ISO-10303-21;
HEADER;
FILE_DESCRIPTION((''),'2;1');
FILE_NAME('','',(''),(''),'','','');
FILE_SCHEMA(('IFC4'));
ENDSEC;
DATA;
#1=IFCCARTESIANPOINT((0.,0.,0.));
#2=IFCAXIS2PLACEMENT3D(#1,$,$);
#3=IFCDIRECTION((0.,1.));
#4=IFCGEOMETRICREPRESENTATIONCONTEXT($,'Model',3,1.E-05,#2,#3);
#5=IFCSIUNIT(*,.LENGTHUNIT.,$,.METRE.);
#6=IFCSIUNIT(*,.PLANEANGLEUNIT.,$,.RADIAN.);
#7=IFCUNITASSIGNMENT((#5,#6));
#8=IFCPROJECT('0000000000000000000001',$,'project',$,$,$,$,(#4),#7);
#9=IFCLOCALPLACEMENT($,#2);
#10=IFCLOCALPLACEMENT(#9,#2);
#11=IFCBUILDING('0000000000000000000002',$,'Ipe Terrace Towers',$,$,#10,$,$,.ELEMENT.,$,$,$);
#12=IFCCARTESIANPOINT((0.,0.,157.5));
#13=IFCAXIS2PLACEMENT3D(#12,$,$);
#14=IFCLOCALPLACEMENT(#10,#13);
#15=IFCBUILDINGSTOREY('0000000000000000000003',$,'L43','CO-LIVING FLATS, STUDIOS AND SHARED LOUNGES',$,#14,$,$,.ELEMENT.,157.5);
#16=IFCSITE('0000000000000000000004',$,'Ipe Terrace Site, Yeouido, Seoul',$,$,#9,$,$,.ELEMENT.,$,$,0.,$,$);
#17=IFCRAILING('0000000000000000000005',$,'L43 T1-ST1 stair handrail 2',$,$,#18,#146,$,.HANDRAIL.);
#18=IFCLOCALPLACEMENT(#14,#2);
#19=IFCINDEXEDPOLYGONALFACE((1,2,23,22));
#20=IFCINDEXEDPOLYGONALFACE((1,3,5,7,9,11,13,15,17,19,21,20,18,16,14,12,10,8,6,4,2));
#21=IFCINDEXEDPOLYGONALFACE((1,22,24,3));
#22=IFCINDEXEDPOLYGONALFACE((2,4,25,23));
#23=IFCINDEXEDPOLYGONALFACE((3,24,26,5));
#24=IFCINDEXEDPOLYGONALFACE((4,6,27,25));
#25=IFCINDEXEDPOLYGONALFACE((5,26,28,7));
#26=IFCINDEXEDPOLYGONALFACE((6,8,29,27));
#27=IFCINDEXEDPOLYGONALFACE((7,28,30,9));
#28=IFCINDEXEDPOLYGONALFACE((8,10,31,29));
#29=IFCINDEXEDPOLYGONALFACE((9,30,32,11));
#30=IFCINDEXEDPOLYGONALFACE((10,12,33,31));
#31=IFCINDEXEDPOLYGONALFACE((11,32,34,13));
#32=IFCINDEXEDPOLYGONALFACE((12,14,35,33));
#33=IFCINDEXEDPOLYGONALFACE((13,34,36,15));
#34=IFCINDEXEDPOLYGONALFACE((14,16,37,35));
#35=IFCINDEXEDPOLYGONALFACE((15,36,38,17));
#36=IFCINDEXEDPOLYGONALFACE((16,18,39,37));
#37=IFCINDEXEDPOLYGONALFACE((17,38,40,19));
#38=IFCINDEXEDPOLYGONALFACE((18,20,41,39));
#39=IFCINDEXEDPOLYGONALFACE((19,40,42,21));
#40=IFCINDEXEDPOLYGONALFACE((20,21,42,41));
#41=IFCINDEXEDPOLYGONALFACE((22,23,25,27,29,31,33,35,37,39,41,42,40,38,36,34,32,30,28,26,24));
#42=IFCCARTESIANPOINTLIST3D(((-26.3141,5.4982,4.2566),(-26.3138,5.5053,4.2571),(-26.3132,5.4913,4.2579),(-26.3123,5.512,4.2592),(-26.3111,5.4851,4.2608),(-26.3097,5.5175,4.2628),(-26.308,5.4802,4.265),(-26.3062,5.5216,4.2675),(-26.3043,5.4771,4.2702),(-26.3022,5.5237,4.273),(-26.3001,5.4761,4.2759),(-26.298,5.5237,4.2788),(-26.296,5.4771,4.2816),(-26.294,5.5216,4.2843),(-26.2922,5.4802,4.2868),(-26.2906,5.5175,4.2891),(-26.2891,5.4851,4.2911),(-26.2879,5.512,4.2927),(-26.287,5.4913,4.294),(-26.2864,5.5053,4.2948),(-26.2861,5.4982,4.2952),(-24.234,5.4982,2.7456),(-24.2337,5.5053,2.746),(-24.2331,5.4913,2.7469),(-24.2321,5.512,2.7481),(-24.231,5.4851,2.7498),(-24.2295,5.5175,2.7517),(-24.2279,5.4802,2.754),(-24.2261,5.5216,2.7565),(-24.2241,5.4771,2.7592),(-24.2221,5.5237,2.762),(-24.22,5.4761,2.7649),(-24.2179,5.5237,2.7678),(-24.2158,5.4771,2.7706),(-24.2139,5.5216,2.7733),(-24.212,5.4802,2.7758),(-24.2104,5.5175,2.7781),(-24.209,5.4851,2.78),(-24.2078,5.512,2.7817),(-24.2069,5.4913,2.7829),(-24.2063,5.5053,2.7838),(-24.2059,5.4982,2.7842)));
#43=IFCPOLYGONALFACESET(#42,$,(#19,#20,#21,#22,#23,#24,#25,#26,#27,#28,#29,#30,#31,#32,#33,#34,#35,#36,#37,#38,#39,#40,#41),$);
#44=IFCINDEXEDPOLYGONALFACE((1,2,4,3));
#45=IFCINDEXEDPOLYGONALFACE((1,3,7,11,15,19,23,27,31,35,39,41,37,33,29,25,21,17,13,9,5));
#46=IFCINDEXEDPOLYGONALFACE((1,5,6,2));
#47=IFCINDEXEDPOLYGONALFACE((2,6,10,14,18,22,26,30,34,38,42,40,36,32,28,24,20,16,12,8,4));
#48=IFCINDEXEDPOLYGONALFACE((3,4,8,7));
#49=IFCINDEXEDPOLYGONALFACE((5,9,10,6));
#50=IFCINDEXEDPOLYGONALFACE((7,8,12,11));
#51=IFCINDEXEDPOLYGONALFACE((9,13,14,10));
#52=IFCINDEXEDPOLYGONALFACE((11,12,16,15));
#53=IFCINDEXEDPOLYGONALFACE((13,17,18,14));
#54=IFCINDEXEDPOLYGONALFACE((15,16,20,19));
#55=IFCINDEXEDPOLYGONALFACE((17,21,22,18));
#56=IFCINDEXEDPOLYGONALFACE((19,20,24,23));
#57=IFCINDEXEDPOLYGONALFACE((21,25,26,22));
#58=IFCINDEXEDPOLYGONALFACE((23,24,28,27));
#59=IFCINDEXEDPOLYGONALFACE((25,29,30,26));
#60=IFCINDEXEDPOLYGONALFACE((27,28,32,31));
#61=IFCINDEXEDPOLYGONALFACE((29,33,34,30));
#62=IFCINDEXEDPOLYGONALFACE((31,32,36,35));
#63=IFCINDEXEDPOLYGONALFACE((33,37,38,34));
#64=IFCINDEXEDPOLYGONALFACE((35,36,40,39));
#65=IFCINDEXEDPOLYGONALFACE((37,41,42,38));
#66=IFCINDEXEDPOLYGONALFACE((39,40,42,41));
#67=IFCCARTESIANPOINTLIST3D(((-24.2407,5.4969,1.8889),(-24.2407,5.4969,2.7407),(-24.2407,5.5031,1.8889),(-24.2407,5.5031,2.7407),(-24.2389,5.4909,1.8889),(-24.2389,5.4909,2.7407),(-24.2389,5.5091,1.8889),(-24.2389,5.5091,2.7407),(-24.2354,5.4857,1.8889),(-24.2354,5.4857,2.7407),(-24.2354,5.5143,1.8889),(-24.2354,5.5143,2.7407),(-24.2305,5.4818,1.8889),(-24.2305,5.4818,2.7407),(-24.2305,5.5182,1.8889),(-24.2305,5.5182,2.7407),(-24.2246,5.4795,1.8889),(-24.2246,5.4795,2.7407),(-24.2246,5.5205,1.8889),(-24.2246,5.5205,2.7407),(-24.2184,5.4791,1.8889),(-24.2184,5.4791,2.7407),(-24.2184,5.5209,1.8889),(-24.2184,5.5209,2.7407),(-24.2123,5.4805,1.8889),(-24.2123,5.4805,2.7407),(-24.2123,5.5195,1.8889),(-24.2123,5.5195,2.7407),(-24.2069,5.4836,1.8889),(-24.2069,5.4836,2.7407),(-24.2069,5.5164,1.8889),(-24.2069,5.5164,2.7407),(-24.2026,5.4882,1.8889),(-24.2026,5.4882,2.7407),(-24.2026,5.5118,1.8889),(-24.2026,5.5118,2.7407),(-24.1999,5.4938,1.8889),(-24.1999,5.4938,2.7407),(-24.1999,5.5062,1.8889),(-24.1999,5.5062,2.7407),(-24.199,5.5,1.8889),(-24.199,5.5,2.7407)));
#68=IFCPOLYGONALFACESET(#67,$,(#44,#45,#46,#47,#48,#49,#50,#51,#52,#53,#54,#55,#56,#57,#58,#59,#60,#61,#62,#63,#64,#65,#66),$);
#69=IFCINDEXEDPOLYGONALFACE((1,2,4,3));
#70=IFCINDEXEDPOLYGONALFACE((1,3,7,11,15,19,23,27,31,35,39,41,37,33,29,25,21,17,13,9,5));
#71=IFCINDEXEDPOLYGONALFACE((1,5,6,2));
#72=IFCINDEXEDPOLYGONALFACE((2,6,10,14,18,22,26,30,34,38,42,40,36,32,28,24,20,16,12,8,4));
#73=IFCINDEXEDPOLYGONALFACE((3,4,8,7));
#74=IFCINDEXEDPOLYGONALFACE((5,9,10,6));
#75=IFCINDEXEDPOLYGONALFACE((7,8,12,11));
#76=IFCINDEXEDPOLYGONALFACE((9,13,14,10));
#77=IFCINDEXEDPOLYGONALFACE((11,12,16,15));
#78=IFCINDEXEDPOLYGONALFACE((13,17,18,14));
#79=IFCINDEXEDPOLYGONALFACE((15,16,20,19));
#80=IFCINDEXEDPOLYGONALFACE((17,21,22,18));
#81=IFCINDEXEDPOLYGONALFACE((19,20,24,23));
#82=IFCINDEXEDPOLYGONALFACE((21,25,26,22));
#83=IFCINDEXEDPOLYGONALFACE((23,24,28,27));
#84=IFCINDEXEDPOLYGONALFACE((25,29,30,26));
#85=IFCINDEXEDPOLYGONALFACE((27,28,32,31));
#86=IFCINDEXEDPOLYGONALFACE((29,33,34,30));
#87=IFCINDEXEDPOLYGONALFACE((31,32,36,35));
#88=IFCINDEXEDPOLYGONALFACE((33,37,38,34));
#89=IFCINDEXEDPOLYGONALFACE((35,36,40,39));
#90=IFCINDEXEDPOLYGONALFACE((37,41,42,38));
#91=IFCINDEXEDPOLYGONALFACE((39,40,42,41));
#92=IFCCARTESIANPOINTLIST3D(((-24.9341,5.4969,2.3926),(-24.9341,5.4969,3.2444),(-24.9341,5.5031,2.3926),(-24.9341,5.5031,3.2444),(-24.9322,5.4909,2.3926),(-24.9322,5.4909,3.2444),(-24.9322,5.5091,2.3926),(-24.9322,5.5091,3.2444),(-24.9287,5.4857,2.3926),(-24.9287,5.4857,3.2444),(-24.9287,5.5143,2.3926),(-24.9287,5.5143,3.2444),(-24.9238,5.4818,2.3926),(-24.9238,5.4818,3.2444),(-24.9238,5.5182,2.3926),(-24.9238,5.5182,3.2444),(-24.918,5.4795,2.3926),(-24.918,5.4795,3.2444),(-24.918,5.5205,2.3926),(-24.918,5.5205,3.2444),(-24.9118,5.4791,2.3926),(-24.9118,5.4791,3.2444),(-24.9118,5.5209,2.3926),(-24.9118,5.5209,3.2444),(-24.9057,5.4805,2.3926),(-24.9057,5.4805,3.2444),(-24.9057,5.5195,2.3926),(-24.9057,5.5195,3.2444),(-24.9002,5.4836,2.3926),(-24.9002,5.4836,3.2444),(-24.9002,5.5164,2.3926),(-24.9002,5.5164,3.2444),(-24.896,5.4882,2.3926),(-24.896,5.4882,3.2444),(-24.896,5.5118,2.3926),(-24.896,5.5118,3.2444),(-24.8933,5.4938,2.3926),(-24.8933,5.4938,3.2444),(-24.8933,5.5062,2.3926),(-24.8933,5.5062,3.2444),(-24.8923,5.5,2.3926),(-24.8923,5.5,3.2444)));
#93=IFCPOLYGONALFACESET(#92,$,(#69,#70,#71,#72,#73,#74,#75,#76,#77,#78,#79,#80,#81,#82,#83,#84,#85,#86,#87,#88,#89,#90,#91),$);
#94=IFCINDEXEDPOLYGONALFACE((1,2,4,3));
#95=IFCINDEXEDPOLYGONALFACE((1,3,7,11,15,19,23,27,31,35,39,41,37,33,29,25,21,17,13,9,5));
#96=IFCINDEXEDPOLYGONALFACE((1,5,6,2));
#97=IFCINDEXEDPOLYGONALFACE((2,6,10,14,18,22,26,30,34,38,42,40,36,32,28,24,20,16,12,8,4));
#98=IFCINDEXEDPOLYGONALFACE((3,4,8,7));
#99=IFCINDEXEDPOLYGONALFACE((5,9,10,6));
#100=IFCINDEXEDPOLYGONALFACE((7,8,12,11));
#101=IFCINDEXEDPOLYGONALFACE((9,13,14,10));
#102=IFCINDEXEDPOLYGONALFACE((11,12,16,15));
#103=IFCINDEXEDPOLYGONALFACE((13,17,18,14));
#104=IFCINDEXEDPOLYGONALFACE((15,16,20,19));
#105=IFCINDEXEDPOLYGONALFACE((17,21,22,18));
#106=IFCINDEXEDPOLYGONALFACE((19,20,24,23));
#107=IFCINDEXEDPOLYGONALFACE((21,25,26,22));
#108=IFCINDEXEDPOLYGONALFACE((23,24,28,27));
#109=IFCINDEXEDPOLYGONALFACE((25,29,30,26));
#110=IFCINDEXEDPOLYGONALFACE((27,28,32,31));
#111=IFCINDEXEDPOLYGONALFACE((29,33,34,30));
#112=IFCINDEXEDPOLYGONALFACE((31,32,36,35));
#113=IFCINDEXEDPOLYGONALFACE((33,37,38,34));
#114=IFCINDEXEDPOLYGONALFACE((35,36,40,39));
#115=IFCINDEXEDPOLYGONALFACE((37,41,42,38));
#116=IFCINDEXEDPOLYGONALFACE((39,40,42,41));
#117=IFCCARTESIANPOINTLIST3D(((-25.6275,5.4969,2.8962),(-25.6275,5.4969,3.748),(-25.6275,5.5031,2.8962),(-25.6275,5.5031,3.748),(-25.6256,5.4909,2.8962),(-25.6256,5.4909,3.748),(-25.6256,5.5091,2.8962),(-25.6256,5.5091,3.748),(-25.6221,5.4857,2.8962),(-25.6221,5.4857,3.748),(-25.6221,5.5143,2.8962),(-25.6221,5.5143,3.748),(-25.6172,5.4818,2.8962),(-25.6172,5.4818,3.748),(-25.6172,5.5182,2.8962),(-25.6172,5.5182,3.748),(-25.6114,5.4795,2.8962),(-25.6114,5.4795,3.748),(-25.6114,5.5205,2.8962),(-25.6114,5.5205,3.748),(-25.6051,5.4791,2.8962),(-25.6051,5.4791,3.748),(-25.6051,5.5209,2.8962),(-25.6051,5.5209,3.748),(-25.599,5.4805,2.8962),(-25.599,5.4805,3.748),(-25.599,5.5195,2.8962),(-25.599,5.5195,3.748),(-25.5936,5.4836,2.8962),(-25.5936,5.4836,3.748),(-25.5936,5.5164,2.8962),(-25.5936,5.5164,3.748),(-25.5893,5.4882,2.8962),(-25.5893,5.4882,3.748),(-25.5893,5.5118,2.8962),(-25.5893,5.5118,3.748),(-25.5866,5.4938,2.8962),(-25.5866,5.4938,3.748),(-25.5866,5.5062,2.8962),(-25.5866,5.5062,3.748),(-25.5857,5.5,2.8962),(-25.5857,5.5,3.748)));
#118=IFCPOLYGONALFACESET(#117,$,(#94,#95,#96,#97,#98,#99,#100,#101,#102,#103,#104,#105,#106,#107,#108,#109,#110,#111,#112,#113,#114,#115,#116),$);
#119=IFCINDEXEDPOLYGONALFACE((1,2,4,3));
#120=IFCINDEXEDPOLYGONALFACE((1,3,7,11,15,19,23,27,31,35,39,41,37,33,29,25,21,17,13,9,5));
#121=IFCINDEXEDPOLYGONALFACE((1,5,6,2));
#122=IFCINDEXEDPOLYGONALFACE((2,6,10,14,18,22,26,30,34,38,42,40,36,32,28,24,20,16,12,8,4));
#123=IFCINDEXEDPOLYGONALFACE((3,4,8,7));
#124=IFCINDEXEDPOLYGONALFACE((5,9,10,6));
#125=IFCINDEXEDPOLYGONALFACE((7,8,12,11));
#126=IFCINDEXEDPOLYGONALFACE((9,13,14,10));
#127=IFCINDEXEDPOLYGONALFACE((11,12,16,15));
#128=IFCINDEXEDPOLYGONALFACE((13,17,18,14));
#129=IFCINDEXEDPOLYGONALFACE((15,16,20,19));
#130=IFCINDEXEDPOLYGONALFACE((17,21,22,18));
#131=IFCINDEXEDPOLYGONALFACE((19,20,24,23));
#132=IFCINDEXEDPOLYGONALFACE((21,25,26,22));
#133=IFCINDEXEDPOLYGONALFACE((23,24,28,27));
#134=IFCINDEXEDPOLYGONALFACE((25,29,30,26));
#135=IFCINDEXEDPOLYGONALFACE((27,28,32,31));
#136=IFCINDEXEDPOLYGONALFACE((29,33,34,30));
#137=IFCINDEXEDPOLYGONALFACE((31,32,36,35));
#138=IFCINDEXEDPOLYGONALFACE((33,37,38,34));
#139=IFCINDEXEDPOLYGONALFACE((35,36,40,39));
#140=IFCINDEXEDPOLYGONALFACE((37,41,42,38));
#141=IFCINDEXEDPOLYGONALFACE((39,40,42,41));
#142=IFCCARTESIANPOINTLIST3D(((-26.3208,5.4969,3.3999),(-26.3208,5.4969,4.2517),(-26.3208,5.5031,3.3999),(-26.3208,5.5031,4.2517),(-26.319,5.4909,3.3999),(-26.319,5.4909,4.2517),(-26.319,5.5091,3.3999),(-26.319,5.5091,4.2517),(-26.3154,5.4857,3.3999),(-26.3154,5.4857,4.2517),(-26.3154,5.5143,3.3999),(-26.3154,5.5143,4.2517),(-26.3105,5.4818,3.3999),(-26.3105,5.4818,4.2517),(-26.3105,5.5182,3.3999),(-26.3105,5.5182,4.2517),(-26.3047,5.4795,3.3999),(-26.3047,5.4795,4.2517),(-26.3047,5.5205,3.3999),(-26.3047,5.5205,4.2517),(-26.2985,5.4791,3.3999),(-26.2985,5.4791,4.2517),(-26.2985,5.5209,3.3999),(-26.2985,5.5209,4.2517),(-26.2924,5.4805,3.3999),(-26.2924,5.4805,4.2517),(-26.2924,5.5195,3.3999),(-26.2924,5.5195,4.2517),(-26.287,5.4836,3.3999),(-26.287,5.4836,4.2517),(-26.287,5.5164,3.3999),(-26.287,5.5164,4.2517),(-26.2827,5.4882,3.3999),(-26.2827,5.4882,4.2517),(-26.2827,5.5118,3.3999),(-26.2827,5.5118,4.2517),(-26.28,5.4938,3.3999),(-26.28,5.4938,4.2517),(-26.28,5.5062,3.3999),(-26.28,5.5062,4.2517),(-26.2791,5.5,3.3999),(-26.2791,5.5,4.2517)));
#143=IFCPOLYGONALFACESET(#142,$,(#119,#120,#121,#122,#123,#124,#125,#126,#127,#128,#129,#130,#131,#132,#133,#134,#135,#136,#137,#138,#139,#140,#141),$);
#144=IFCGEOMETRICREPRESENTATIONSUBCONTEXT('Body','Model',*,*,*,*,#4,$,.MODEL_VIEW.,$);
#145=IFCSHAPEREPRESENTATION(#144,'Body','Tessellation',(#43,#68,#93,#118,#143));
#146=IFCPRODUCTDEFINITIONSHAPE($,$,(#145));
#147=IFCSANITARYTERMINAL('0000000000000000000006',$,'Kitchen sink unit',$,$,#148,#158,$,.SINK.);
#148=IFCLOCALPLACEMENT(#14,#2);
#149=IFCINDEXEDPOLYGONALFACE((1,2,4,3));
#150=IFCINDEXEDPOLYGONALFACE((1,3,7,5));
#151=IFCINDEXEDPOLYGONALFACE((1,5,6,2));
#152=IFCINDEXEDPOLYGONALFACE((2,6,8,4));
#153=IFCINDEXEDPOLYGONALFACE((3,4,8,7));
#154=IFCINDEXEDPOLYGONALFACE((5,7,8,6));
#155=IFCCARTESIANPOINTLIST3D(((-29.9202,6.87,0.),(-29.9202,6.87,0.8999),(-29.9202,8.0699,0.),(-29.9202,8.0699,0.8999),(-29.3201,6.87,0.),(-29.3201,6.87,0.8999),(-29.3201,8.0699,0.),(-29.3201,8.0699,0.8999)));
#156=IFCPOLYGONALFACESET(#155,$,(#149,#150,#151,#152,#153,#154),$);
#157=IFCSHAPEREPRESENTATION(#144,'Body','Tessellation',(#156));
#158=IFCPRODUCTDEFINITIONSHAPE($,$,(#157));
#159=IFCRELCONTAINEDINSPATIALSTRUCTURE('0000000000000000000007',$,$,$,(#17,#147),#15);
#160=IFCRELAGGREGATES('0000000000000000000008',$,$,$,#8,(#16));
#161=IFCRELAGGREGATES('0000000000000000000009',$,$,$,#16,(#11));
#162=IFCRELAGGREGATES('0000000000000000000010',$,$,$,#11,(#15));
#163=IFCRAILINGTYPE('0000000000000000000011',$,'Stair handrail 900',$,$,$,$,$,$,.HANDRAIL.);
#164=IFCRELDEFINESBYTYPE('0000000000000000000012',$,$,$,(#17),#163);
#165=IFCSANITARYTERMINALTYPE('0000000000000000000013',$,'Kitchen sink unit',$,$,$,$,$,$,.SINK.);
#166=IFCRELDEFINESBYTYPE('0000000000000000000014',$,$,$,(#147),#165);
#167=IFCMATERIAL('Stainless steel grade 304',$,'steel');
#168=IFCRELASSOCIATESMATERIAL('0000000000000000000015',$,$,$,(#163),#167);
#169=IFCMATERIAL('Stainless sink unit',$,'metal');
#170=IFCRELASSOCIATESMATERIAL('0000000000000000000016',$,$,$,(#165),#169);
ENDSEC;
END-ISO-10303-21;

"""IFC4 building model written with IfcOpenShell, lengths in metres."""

from ifc_helpers import new_model, si_unit, direction, frame, origin, origin_2d, place, context, subcontext, project, spatial, rectangle, circle, extrude, material, type_object, element, save


model = new_model("IFC4")

# Units and contexts
model_context = context("Model", 3, precision=1e-05, world=origin(), true_north=direction((0.0, 1.0)))
body_context = subcontext(model_context, "Body", "Model", "MODEL_VIEW")
ifc_project = project(units=[si_unit("LENGTHUNIT", "METRE"), si_unit("PLANEANGLEUNIT", "RADIAN")], contexts=[model_context])

# Site, building, storey
site_placement = place(None, origin())
site = spatial("IfcSite", under=ifc_project, at=site_placement, Name="Ipe Terrace Site, Yeouido, Seoul", CompositionType="ELEMENT", RefElevation=0.0)
building_placement = place(site_placement, origin())
building = spatial("IfcBuilding", under=site, at=building_placement, Name="Ipe Terrace Towers", CompositionType="ELEMENT")
storey_placement = place(building_placement, frame((0.0, 0.0, 157.5)))
storey = spatial("IfcBuildingStorey", under=building, at=storey_placement, Name="L43", Description="CO-LIVING FLATS, STUDIOS AND SHARED LOUNGES", CompositionType="ELEMENT", Elevation=157.5)

# Railing
ifc_material_1 = material(Name="Stainless steel grade 304", Category="steel")
railing_type_1 = type_object("IfcRailingType", Name="Stair handrail 900", PredefinedType="HANDRAIL", material=ifc_material_1)
railing_1_placement = place(storey_placement, frame((-24.22, 5.5, 1.8889)))
element("IfcRailing", 1, at=railing_1_placement, inside=storey, type_object=railing_type_1, Name="L43 T1-ST1 stair handrail 2", PredefinedType="HANDRAIL", context=body_context, shape_type="SweptSolid", body=[
    extrude(circle(Radius=0.0239, at=origin_2d()), frame((0.0, 0.0, 0.876), z_axis=(-0.809069, 0.0, 0.587714), x_axis=(0.0, -1.0, 0.0)), (0.0, 0.0, 1.0), 2.571),
    extrude(circle(Radius=0.021, at=origin_2d()), origin(), (0.0, 0.0, 1.0), 0.8518),
    extrude(circle(Radius=0.021, at=origin_2d()), frame((-0.6934, 0.0, 0.5037)), (0.0, 0.0, 1.0), 0.8518),
    extrude(circle(Radius=0.021, at=origin_2d()), frame((-1.3867, 0.0, 1.0073)), (0.0, 0.0, 1.0), 0.8518),
    extrude(circle(Radius=0.021, at=origin_2d()), frame((-2.0801, 0.0, 1.511)), (0.0, 0.0, 1.0), 0.8518),
])

# Sanitary terminal
ifc_material_2 = material(Name="Stainless sink unit", Category="metal")
sanitary_terminal_type = type_object("IfcSanitaryTerminalType", Name="Kitchen sink unit", PredefinedType="SINK", material=ifc_material_2)
sanitary_terminal_placement = place(storey_placement, frame((-29.6201, 7.47, 0.0), z_axis=(0.0, 0.0, 1.0), x_axis=(0.0, -1.0, 0.0)))
element("IfcSanitaryTerminal", 2, at=sanitary_terminal_placement, inside=storey, type_object=sanitary_terminal_type, Name="Kitchen sink unit", PredefinedType="SINK", context=body_context, shape_type="SweptSolid", body=[
    extrude(rectangle(XDim=1.2, YDim=0.6001, at=origin_2d()), origin(), (0.0, 0.0, 1.0), 0.8999),
])

save(model, "model.ifc")
